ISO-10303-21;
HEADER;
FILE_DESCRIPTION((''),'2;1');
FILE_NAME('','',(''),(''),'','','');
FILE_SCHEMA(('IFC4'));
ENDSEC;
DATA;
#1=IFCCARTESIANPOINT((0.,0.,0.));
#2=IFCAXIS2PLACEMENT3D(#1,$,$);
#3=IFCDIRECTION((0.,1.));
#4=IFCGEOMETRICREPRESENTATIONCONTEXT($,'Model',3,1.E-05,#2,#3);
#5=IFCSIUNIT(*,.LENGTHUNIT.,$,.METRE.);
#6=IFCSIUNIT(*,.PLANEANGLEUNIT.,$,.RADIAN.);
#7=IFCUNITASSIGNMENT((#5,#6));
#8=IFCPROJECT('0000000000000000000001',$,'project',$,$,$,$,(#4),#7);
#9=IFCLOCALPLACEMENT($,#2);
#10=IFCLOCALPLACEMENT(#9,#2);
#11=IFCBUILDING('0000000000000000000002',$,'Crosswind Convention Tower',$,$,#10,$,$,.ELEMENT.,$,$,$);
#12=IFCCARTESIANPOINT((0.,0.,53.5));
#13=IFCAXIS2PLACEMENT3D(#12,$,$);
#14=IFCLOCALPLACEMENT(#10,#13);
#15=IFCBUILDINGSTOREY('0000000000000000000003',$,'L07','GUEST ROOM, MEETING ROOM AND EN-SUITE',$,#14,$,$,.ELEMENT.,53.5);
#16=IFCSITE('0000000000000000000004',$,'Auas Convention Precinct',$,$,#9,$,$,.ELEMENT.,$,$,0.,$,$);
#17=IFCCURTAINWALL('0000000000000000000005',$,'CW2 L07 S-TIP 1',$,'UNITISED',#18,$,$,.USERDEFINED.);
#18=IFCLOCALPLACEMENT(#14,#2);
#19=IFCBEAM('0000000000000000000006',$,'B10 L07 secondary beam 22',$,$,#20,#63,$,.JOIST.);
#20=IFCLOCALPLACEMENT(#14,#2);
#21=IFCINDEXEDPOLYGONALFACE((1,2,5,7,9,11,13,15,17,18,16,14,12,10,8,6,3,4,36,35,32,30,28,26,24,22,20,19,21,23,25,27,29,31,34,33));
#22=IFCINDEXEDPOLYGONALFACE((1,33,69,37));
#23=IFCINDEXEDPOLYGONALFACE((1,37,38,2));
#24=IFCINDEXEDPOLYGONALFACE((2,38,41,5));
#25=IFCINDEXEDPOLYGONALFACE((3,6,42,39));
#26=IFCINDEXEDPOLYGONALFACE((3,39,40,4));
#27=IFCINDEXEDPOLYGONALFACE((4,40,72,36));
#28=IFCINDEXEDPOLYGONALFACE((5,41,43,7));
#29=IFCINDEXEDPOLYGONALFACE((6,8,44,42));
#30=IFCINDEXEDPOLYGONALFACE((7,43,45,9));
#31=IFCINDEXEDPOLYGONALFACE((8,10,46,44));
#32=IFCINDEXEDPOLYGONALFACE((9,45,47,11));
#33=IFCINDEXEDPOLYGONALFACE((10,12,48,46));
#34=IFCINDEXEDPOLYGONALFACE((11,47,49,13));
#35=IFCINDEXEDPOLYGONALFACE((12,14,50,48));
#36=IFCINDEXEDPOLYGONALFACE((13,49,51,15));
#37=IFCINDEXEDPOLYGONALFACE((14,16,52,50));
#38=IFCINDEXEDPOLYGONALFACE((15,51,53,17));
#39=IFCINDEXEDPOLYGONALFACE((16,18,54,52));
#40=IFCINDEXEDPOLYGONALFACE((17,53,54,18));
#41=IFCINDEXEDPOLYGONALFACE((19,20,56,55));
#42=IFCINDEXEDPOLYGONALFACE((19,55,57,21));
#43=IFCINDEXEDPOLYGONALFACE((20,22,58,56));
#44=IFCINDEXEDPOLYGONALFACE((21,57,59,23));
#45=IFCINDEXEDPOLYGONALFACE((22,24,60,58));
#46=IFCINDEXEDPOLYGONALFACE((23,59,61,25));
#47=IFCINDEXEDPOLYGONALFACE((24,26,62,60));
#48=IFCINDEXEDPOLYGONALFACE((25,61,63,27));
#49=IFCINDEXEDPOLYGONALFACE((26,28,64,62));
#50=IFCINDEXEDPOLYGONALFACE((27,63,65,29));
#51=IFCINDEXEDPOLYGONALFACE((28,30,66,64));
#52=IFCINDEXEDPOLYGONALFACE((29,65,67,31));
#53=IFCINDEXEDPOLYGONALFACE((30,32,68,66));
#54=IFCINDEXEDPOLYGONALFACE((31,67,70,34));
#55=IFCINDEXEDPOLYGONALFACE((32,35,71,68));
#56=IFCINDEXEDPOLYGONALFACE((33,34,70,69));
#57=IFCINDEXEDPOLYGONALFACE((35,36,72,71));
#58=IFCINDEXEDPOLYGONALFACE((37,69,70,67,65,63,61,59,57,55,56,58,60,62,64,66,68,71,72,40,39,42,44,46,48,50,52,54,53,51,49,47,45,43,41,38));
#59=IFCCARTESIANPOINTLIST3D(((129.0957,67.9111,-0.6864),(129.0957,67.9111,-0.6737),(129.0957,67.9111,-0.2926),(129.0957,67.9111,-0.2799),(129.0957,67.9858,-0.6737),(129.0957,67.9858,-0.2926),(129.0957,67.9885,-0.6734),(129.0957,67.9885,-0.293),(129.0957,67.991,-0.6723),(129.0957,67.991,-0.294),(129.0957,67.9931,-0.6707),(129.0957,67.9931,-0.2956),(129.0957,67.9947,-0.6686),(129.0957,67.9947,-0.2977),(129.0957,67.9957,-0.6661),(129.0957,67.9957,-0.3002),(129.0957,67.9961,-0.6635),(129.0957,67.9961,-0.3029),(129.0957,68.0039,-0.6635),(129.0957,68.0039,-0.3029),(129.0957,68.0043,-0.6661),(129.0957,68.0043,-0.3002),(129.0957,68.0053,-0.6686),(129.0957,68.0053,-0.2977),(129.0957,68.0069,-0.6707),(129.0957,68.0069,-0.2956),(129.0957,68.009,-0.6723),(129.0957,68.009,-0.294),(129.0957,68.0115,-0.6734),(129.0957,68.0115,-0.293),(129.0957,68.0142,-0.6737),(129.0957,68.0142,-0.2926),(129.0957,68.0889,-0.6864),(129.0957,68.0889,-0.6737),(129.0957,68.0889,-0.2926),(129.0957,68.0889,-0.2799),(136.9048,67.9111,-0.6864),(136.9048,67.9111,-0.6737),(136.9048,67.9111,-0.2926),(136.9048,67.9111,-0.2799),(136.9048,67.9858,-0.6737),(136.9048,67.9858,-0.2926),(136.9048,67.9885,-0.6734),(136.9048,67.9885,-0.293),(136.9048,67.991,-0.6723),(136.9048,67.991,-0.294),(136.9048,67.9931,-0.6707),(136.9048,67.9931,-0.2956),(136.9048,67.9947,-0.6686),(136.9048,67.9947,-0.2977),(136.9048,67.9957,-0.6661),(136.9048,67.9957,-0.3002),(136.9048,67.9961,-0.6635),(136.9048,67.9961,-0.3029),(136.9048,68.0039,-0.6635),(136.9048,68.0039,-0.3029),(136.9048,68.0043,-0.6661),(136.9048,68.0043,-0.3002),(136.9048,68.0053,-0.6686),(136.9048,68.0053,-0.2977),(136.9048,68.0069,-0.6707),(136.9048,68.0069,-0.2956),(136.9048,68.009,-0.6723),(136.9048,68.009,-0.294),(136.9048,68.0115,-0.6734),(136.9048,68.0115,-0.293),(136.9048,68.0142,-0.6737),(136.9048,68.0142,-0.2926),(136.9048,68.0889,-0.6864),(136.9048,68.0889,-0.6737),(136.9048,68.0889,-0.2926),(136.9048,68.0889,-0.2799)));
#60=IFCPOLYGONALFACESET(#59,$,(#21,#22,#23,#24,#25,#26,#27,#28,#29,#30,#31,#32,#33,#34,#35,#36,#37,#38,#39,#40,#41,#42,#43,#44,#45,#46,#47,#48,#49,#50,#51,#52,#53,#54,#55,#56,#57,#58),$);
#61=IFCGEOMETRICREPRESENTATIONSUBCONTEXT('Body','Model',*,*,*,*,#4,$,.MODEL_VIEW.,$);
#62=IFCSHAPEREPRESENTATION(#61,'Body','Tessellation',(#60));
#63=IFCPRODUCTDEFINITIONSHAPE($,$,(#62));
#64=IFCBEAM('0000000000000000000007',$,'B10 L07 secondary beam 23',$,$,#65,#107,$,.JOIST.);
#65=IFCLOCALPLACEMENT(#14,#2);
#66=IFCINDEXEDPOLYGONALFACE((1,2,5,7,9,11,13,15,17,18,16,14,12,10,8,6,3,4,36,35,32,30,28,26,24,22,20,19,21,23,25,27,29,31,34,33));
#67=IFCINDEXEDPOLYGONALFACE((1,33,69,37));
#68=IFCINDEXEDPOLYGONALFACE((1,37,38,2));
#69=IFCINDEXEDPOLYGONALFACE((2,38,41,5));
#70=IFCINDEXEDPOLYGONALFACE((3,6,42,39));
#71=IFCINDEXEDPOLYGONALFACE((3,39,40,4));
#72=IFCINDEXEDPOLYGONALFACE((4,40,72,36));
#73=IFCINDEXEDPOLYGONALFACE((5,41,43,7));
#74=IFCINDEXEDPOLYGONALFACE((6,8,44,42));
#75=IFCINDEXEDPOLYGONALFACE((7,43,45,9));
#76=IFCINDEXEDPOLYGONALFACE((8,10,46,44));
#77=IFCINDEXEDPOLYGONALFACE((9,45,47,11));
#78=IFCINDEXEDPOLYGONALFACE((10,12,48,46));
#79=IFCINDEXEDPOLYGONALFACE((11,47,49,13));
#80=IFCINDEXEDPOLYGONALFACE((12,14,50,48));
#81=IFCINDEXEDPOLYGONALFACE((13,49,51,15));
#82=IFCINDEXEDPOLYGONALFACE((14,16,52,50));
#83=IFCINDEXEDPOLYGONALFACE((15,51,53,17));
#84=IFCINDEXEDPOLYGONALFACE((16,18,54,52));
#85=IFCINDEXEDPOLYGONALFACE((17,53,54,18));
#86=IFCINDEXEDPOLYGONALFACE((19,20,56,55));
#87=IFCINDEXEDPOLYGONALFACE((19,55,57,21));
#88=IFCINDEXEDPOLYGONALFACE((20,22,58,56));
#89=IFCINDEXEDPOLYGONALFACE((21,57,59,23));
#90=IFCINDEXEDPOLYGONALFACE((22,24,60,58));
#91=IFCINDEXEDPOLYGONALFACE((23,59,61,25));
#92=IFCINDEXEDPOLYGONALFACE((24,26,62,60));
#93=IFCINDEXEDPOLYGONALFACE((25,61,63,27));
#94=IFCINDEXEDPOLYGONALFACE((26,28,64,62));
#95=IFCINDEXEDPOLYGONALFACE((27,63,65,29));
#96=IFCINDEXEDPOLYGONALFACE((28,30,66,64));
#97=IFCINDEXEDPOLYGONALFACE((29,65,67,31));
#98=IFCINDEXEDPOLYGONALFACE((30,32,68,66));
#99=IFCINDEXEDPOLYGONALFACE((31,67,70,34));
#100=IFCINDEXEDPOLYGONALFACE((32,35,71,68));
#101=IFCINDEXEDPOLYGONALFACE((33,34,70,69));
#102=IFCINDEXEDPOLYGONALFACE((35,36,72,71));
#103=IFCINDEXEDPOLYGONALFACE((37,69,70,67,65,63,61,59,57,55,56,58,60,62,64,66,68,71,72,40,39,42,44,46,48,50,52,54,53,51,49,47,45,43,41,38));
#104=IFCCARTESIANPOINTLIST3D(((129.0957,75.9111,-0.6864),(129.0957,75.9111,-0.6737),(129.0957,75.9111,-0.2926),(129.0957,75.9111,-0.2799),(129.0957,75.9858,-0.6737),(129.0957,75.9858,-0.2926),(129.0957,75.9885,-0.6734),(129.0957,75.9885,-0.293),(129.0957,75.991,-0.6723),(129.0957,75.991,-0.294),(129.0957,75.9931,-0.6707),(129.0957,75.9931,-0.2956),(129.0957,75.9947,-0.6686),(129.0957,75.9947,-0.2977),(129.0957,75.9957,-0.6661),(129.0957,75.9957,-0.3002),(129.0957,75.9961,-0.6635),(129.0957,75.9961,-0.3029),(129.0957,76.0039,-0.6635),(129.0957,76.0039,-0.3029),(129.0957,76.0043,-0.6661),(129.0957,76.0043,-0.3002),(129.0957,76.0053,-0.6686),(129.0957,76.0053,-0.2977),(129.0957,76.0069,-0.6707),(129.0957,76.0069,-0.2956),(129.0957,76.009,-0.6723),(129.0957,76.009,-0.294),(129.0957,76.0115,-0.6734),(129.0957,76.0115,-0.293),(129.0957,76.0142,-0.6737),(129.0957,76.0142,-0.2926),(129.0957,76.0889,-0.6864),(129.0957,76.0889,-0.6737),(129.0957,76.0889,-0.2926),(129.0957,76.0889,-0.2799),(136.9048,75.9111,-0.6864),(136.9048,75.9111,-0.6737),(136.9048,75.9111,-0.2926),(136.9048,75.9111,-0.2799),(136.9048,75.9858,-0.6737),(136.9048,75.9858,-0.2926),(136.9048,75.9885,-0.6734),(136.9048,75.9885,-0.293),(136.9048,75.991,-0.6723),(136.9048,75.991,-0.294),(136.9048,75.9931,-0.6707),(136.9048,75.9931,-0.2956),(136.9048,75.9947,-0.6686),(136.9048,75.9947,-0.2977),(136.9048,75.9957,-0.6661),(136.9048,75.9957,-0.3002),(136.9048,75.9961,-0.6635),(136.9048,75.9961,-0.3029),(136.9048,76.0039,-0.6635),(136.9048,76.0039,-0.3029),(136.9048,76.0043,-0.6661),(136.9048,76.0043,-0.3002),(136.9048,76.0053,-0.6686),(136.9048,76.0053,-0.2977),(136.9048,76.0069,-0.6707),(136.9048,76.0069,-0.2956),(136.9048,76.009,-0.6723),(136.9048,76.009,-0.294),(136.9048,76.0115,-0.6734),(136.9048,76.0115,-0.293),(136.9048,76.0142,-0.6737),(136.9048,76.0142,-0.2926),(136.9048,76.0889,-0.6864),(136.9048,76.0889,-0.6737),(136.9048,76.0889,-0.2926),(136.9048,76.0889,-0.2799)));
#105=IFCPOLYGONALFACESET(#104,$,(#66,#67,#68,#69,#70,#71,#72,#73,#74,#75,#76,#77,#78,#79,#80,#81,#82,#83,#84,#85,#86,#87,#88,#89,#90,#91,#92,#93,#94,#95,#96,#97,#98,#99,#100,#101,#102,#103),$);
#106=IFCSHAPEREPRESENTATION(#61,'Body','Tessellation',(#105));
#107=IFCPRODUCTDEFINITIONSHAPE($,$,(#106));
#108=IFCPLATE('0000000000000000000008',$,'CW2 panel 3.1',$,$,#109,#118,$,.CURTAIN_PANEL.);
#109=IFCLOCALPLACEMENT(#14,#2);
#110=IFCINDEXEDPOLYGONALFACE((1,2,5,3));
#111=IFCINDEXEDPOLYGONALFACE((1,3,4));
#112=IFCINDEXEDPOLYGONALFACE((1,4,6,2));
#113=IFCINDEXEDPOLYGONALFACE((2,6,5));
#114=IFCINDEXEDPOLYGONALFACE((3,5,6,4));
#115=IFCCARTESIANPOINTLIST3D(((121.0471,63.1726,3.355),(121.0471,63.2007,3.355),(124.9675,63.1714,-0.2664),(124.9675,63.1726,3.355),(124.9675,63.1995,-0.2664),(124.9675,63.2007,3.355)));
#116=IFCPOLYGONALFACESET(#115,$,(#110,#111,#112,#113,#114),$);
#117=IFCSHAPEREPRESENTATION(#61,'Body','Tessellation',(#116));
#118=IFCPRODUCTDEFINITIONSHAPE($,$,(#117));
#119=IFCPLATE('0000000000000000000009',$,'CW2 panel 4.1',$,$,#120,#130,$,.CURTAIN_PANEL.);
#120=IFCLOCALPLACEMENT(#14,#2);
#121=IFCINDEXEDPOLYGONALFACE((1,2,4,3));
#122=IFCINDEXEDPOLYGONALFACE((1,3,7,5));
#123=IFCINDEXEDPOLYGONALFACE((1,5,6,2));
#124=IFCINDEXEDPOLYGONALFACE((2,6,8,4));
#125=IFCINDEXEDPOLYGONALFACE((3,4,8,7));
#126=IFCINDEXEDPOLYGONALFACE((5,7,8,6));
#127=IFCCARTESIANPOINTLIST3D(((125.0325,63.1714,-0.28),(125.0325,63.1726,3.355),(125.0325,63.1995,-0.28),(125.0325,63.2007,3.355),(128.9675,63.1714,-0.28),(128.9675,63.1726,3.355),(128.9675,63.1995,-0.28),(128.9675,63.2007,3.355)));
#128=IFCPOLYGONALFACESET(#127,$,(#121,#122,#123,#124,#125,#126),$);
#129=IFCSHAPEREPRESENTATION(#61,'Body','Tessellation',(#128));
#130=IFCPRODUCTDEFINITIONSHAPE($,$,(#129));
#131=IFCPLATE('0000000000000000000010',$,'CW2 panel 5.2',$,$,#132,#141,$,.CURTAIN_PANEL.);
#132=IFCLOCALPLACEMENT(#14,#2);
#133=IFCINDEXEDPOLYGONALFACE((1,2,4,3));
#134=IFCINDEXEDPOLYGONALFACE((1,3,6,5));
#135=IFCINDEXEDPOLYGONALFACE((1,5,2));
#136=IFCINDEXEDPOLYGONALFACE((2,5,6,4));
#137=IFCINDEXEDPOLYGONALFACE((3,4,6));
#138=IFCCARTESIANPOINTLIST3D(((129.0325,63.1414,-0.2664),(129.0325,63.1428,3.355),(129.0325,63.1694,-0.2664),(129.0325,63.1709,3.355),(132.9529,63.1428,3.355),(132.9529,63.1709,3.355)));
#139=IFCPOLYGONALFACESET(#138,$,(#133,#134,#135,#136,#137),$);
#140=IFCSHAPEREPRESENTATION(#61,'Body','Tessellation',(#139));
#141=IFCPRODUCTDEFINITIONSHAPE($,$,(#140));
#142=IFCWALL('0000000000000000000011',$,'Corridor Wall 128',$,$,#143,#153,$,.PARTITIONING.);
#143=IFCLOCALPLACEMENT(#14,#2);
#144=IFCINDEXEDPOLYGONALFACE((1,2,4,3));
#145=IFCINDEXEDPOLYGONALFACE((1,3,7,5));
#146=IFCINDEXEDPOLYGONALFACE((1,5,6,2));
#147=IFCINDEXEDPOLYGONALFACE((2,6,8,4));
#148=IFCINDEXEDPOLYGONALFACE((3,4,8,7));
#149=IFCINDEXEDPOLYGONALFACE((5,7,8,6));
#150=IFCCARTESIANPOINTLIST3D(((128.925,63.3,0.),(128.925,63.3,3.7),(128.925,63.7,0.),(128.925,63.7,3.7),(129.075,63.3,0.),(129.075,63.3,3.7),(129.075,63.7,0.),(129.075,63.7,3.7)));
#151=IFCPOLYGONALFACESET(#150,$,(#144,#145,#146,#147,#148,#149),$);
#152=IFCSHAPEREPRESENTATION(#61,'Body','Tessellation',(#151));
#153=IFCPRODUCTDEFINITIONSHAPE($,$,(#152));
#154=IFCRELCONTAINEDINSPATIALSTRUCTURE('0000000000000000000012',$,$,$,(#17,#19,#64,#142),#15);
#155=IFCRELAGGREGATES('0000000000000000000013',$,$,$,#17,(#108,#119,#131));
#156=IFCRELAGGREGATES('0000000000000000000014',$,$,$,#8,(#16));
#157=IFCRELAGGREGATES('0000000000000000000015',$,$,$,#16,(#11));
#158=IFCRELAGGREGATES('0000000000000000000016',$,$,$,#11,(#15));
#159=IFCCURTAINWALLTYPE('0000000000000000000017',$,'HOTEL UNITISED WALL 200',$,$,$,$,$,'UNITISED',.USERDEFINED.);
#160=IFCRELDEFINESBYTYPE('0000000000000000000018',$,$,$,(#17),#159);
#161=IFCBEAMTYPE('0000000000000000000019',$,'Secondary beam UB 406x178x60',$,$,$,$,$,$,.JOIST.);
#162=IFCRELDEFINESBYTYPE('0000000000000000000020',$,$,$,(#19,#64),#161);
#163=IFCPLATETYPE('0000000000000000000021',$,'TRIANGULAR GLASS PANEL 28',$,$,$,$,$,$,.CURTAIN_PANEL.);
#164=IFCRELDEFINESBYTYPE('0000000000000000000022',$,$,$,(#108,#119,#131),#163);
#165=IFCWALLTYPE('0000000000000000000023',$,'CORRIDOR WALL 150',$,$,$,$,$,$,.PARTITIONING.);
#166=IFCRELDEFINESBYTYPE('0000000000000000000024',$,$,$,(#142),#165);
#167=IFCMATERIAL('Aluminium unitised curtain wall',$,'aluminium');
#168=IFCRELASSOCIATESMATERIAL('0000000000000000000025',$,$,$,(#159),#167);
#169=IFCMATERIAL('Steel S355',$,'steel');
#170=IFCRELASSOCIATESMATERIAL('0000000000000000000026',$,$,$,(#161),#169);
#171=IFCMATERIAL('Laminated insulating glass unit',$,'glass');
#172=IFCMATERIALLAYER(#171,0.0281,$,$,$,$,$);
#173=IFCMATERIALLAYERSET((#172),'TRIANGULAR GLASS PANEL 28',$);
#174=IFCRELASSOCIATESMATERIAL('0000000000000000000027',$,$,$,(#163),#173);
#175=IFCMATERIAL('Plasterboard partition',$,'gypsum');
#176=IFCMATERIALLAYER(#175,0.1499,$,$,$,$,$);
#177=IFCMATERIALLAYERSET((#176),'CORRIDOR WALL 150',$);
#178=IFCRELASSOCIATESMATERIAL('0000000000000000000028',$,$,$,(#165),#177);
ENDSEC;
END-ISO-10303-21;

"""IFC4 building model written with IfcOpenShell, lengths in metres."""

from ifc_helpers import new_model, si_unit, direction, frame, frame_2d, origin, origin_2d, place, context, subcontext, project, spatial, polyline, rectangle, i_section, outline, extrude, material, layer, layer_set, material_profile, profile_set, type_object, element, aggregate, save


model = new_model("IFC4")

# Units and contexts
model_context = context("Model", 3, precision=1e-05, world=origin(), true_north=direction((0.0, 1.0)))
body_context = subcontext(model_context, "Body", "Model", "MODEL_VIEW")
ifc_project = project(units=[si_unit("LENGTHUNIT", "METRE"), si_unit("PLANEANGLEUNIT", "RADIAN")], contexts=[model_context])

# Site, building, storey
site_placement = place(None, origin())
site = spatial("IfcSite", under=ifc_project, at=site_placement, Name="Auas Convention Precinct", CompositionType="ELEMENT", RefElevation=0.0)
building_placement = place(site_placement, origin())
building = spatial("IfcBuilding", under=site, at=building_placement, Name="Crosswind Convention Tower", CompositionType="ELEMENT")
storey_placement = place(building_placement, frame((0.0, 0.0, 53.5)))
storey = spatial("IfcBuildingStorey", under=building, at=storey_placement, Name="L07", Description="GUEST ROOM, MEETING ROOM AND EN-SUITE", CompositionType="ELEMENT", Elevation=53.5)

# Shared definitions
ifc_material_1 = material(Name="Steel S355", Category="steel")

# Curtain wall
ifc_material_2 = material(Name="Aluminium unitised curtain wall", Category="aluminium")
curtain_wall_type = type_object("IfcCurtainWallType", Name="HOTEL UNITISED WALL 200", ElementType="UNITISED", PredefinedType="USERDEFINED", material=ifc_material_2)
curtain_wall_placement = place(storey_placement, origin())
curtain_wall = element("IfcCurtainWall", 1, at=curtain_wall_placement, inside=storey, type_object=curtain_wall_type, Name="CW2 L07 S-TIP 1", ObjectType="UNITISED", PredefinedType="USERDEFINED")

# Beams
ifc_material_profile_1 = material_profile(ifc_material_1, i_section(OverallWidth=0.1777, OverallDepth=0.4065, WebThickness=0.0078, FlangeThickness=0.0127, FilletRadius=0.0103, at=origin_2d()), Name="UB 406x178x60")
ifc_profile_set_1 = profile_set([ifc_material_profile_1], Name="Steel S355")
beam_type_1 = type_object("IfcBeamType", Name="Secondary beam UB 406x178x60", PredefinedType="JOIST", material=ifc_profile_set_1)
for number, where, z_axis, x_axis, name in (
    (2, (129.0957, 68.0, -0.4832), (1.0, 0.0, 0.0), (0.0, 1.0, 0.0), "B10 L07 secondary beam 22"),
    (3, (129.0957, 76.0, -0.4832), (1.0, 0.0, 0.0), (0.0, 1.0, 0.0), "B10 L07 secondary beam 23"),
):
    element("IfcBeam", number, at=place(storey_placement, frame(where, z_axis=z_axis, x_axis=x_axis)), inside=storey, type_object=beam_type_1, Name=name, PredefinedType="JOIST", context=body_context, shape_type="SweptSolid", body=[
        extrude(i_section(OverallWidth=0.1777, OverallDepth=0.4065, WebThickness=0.0078, FlangeThickness=0.0127, FilletRadius=0.0103, at=origin_2d()), origin(), (0.0, 0.0, 1.0), 7.8091),
    ])

# Plates
ifc_material_3 = material(Name="Laminated insulating glass unit", Category="glass")
ifc_layer_1 = layer(ifc_material_3, 0.0281)
ifc_layer_set_1 = layer_set([ifc_layer_1], Name="TRIANGULAR GLASS PANEL 28")
plate_type = type_object("IfcPlateType", Name="TRIANGULAR GLASS PANEL 28", PredefinedType="CURTAIN_PANEL", material=ifc_layer_set_1)
plate_1_placement = place(storey_placement, frame((124.9675, 63.1726, 3.355), z_axis=(0.0, -1.0, 0.000337), x_axis=(-1.0, 0.0, 0.0)))
plate_1 = element("IfcPlate", 4, at=plate_1_placement, type_object=plate_type, Name="CW2 panel 3.1", PredefinedType="CURTAIN_PANEL", context=body_context, shape_type="SweptSolid", body=[
    extrude(outline(polyline([(0.0, 0.0), (3.9204, 0.0), (0.0, 3.6213), (0.0, 0.0)])), origin(), (0.0, 0.0, -1.0), 0.0281),
])
plate_2_placement = place(storey_placement, frame((125.0325, 63.1714, -0.28), z_axis=(0.0, -1.0, 0.000336), x_axis=(1.0, 0.0, 0.0)))
plate_2 = element("IfcPlate", 5, at=plate_2_placement, type_object=plate_type, Name="CW2 panel 4.1", PredefinedType="CURTAIN_PANEL", context=body_context, shape_type="SweptSolid", body=[
    extrude(outline(polyline([(0.0, 0.0), (3.9351, 0.0), (3.9351, 3.635), (0.0, 3.635), (0.0, 0.0)])), origin(), (0.0, 0.0, -1.0), 0.0281),
])
plate_3_placement = place(storey_placement, frame((129.0325, 63.1428, 3.355), z_axis=(0.0, -1.0, 0.000405), x_axis=(0.0, -0.000405, -1.0)))
plate_3 = element("IfcPlate", 6, at=plate_3_placement, type_object=plate_type, Name="CW2 panel 5.2", PredefinedType="CURTAIN_PANEL", context=body_context, shape_type="SweptSolid", body=[
    extrude(outline(polyline([(0.0, 0.0), (3.6213, 0.0), (0.0, 3.9204), (0.0, 0.0)])), origin(), (0.0, 0.0, -1.0), 0.0281),
])
aggregate(curtain_wall, [plate_1, plate_2, plate_3])

# Wall
ifc_material_4 = material(Name="Plasterboard partition", Category="gypsum")
ifc_layer_2 = layer(ifc_material_4, 0.1499)
ifc_layer_set_2 = layer_set([ifc_layer_2], Name="CORRIDOR WALL 150")
wall_type_1 = type_object("IfcWallType", Name="CORRIDOR WALL 150", PredefinedType="PARTITIONING", material=ifc_layer_set_2)
wall_1_placement = place(storey_placement, frame((129.0, 63.3, 0.0), z_axis=(0.0, 0.0, 1.0), x_axis=(0.0, 1.0, 0.0)))
element("IfcWall", 7, at=wall_1_placement, inside=storey, type_object=wall_type_1, Name="Corridor Wall 128", PredefinedType="PARTITIONING", context=body_context, shape_type="SweptSolid", body=[
    extrude(rectangle(XDim=0.3999, YDim=0.1499, at=frame_2d((0.2, 0.0))), origin(), (0.0, 0.0, 1.0), 3.7),
])

save(model, "model.ifc")
